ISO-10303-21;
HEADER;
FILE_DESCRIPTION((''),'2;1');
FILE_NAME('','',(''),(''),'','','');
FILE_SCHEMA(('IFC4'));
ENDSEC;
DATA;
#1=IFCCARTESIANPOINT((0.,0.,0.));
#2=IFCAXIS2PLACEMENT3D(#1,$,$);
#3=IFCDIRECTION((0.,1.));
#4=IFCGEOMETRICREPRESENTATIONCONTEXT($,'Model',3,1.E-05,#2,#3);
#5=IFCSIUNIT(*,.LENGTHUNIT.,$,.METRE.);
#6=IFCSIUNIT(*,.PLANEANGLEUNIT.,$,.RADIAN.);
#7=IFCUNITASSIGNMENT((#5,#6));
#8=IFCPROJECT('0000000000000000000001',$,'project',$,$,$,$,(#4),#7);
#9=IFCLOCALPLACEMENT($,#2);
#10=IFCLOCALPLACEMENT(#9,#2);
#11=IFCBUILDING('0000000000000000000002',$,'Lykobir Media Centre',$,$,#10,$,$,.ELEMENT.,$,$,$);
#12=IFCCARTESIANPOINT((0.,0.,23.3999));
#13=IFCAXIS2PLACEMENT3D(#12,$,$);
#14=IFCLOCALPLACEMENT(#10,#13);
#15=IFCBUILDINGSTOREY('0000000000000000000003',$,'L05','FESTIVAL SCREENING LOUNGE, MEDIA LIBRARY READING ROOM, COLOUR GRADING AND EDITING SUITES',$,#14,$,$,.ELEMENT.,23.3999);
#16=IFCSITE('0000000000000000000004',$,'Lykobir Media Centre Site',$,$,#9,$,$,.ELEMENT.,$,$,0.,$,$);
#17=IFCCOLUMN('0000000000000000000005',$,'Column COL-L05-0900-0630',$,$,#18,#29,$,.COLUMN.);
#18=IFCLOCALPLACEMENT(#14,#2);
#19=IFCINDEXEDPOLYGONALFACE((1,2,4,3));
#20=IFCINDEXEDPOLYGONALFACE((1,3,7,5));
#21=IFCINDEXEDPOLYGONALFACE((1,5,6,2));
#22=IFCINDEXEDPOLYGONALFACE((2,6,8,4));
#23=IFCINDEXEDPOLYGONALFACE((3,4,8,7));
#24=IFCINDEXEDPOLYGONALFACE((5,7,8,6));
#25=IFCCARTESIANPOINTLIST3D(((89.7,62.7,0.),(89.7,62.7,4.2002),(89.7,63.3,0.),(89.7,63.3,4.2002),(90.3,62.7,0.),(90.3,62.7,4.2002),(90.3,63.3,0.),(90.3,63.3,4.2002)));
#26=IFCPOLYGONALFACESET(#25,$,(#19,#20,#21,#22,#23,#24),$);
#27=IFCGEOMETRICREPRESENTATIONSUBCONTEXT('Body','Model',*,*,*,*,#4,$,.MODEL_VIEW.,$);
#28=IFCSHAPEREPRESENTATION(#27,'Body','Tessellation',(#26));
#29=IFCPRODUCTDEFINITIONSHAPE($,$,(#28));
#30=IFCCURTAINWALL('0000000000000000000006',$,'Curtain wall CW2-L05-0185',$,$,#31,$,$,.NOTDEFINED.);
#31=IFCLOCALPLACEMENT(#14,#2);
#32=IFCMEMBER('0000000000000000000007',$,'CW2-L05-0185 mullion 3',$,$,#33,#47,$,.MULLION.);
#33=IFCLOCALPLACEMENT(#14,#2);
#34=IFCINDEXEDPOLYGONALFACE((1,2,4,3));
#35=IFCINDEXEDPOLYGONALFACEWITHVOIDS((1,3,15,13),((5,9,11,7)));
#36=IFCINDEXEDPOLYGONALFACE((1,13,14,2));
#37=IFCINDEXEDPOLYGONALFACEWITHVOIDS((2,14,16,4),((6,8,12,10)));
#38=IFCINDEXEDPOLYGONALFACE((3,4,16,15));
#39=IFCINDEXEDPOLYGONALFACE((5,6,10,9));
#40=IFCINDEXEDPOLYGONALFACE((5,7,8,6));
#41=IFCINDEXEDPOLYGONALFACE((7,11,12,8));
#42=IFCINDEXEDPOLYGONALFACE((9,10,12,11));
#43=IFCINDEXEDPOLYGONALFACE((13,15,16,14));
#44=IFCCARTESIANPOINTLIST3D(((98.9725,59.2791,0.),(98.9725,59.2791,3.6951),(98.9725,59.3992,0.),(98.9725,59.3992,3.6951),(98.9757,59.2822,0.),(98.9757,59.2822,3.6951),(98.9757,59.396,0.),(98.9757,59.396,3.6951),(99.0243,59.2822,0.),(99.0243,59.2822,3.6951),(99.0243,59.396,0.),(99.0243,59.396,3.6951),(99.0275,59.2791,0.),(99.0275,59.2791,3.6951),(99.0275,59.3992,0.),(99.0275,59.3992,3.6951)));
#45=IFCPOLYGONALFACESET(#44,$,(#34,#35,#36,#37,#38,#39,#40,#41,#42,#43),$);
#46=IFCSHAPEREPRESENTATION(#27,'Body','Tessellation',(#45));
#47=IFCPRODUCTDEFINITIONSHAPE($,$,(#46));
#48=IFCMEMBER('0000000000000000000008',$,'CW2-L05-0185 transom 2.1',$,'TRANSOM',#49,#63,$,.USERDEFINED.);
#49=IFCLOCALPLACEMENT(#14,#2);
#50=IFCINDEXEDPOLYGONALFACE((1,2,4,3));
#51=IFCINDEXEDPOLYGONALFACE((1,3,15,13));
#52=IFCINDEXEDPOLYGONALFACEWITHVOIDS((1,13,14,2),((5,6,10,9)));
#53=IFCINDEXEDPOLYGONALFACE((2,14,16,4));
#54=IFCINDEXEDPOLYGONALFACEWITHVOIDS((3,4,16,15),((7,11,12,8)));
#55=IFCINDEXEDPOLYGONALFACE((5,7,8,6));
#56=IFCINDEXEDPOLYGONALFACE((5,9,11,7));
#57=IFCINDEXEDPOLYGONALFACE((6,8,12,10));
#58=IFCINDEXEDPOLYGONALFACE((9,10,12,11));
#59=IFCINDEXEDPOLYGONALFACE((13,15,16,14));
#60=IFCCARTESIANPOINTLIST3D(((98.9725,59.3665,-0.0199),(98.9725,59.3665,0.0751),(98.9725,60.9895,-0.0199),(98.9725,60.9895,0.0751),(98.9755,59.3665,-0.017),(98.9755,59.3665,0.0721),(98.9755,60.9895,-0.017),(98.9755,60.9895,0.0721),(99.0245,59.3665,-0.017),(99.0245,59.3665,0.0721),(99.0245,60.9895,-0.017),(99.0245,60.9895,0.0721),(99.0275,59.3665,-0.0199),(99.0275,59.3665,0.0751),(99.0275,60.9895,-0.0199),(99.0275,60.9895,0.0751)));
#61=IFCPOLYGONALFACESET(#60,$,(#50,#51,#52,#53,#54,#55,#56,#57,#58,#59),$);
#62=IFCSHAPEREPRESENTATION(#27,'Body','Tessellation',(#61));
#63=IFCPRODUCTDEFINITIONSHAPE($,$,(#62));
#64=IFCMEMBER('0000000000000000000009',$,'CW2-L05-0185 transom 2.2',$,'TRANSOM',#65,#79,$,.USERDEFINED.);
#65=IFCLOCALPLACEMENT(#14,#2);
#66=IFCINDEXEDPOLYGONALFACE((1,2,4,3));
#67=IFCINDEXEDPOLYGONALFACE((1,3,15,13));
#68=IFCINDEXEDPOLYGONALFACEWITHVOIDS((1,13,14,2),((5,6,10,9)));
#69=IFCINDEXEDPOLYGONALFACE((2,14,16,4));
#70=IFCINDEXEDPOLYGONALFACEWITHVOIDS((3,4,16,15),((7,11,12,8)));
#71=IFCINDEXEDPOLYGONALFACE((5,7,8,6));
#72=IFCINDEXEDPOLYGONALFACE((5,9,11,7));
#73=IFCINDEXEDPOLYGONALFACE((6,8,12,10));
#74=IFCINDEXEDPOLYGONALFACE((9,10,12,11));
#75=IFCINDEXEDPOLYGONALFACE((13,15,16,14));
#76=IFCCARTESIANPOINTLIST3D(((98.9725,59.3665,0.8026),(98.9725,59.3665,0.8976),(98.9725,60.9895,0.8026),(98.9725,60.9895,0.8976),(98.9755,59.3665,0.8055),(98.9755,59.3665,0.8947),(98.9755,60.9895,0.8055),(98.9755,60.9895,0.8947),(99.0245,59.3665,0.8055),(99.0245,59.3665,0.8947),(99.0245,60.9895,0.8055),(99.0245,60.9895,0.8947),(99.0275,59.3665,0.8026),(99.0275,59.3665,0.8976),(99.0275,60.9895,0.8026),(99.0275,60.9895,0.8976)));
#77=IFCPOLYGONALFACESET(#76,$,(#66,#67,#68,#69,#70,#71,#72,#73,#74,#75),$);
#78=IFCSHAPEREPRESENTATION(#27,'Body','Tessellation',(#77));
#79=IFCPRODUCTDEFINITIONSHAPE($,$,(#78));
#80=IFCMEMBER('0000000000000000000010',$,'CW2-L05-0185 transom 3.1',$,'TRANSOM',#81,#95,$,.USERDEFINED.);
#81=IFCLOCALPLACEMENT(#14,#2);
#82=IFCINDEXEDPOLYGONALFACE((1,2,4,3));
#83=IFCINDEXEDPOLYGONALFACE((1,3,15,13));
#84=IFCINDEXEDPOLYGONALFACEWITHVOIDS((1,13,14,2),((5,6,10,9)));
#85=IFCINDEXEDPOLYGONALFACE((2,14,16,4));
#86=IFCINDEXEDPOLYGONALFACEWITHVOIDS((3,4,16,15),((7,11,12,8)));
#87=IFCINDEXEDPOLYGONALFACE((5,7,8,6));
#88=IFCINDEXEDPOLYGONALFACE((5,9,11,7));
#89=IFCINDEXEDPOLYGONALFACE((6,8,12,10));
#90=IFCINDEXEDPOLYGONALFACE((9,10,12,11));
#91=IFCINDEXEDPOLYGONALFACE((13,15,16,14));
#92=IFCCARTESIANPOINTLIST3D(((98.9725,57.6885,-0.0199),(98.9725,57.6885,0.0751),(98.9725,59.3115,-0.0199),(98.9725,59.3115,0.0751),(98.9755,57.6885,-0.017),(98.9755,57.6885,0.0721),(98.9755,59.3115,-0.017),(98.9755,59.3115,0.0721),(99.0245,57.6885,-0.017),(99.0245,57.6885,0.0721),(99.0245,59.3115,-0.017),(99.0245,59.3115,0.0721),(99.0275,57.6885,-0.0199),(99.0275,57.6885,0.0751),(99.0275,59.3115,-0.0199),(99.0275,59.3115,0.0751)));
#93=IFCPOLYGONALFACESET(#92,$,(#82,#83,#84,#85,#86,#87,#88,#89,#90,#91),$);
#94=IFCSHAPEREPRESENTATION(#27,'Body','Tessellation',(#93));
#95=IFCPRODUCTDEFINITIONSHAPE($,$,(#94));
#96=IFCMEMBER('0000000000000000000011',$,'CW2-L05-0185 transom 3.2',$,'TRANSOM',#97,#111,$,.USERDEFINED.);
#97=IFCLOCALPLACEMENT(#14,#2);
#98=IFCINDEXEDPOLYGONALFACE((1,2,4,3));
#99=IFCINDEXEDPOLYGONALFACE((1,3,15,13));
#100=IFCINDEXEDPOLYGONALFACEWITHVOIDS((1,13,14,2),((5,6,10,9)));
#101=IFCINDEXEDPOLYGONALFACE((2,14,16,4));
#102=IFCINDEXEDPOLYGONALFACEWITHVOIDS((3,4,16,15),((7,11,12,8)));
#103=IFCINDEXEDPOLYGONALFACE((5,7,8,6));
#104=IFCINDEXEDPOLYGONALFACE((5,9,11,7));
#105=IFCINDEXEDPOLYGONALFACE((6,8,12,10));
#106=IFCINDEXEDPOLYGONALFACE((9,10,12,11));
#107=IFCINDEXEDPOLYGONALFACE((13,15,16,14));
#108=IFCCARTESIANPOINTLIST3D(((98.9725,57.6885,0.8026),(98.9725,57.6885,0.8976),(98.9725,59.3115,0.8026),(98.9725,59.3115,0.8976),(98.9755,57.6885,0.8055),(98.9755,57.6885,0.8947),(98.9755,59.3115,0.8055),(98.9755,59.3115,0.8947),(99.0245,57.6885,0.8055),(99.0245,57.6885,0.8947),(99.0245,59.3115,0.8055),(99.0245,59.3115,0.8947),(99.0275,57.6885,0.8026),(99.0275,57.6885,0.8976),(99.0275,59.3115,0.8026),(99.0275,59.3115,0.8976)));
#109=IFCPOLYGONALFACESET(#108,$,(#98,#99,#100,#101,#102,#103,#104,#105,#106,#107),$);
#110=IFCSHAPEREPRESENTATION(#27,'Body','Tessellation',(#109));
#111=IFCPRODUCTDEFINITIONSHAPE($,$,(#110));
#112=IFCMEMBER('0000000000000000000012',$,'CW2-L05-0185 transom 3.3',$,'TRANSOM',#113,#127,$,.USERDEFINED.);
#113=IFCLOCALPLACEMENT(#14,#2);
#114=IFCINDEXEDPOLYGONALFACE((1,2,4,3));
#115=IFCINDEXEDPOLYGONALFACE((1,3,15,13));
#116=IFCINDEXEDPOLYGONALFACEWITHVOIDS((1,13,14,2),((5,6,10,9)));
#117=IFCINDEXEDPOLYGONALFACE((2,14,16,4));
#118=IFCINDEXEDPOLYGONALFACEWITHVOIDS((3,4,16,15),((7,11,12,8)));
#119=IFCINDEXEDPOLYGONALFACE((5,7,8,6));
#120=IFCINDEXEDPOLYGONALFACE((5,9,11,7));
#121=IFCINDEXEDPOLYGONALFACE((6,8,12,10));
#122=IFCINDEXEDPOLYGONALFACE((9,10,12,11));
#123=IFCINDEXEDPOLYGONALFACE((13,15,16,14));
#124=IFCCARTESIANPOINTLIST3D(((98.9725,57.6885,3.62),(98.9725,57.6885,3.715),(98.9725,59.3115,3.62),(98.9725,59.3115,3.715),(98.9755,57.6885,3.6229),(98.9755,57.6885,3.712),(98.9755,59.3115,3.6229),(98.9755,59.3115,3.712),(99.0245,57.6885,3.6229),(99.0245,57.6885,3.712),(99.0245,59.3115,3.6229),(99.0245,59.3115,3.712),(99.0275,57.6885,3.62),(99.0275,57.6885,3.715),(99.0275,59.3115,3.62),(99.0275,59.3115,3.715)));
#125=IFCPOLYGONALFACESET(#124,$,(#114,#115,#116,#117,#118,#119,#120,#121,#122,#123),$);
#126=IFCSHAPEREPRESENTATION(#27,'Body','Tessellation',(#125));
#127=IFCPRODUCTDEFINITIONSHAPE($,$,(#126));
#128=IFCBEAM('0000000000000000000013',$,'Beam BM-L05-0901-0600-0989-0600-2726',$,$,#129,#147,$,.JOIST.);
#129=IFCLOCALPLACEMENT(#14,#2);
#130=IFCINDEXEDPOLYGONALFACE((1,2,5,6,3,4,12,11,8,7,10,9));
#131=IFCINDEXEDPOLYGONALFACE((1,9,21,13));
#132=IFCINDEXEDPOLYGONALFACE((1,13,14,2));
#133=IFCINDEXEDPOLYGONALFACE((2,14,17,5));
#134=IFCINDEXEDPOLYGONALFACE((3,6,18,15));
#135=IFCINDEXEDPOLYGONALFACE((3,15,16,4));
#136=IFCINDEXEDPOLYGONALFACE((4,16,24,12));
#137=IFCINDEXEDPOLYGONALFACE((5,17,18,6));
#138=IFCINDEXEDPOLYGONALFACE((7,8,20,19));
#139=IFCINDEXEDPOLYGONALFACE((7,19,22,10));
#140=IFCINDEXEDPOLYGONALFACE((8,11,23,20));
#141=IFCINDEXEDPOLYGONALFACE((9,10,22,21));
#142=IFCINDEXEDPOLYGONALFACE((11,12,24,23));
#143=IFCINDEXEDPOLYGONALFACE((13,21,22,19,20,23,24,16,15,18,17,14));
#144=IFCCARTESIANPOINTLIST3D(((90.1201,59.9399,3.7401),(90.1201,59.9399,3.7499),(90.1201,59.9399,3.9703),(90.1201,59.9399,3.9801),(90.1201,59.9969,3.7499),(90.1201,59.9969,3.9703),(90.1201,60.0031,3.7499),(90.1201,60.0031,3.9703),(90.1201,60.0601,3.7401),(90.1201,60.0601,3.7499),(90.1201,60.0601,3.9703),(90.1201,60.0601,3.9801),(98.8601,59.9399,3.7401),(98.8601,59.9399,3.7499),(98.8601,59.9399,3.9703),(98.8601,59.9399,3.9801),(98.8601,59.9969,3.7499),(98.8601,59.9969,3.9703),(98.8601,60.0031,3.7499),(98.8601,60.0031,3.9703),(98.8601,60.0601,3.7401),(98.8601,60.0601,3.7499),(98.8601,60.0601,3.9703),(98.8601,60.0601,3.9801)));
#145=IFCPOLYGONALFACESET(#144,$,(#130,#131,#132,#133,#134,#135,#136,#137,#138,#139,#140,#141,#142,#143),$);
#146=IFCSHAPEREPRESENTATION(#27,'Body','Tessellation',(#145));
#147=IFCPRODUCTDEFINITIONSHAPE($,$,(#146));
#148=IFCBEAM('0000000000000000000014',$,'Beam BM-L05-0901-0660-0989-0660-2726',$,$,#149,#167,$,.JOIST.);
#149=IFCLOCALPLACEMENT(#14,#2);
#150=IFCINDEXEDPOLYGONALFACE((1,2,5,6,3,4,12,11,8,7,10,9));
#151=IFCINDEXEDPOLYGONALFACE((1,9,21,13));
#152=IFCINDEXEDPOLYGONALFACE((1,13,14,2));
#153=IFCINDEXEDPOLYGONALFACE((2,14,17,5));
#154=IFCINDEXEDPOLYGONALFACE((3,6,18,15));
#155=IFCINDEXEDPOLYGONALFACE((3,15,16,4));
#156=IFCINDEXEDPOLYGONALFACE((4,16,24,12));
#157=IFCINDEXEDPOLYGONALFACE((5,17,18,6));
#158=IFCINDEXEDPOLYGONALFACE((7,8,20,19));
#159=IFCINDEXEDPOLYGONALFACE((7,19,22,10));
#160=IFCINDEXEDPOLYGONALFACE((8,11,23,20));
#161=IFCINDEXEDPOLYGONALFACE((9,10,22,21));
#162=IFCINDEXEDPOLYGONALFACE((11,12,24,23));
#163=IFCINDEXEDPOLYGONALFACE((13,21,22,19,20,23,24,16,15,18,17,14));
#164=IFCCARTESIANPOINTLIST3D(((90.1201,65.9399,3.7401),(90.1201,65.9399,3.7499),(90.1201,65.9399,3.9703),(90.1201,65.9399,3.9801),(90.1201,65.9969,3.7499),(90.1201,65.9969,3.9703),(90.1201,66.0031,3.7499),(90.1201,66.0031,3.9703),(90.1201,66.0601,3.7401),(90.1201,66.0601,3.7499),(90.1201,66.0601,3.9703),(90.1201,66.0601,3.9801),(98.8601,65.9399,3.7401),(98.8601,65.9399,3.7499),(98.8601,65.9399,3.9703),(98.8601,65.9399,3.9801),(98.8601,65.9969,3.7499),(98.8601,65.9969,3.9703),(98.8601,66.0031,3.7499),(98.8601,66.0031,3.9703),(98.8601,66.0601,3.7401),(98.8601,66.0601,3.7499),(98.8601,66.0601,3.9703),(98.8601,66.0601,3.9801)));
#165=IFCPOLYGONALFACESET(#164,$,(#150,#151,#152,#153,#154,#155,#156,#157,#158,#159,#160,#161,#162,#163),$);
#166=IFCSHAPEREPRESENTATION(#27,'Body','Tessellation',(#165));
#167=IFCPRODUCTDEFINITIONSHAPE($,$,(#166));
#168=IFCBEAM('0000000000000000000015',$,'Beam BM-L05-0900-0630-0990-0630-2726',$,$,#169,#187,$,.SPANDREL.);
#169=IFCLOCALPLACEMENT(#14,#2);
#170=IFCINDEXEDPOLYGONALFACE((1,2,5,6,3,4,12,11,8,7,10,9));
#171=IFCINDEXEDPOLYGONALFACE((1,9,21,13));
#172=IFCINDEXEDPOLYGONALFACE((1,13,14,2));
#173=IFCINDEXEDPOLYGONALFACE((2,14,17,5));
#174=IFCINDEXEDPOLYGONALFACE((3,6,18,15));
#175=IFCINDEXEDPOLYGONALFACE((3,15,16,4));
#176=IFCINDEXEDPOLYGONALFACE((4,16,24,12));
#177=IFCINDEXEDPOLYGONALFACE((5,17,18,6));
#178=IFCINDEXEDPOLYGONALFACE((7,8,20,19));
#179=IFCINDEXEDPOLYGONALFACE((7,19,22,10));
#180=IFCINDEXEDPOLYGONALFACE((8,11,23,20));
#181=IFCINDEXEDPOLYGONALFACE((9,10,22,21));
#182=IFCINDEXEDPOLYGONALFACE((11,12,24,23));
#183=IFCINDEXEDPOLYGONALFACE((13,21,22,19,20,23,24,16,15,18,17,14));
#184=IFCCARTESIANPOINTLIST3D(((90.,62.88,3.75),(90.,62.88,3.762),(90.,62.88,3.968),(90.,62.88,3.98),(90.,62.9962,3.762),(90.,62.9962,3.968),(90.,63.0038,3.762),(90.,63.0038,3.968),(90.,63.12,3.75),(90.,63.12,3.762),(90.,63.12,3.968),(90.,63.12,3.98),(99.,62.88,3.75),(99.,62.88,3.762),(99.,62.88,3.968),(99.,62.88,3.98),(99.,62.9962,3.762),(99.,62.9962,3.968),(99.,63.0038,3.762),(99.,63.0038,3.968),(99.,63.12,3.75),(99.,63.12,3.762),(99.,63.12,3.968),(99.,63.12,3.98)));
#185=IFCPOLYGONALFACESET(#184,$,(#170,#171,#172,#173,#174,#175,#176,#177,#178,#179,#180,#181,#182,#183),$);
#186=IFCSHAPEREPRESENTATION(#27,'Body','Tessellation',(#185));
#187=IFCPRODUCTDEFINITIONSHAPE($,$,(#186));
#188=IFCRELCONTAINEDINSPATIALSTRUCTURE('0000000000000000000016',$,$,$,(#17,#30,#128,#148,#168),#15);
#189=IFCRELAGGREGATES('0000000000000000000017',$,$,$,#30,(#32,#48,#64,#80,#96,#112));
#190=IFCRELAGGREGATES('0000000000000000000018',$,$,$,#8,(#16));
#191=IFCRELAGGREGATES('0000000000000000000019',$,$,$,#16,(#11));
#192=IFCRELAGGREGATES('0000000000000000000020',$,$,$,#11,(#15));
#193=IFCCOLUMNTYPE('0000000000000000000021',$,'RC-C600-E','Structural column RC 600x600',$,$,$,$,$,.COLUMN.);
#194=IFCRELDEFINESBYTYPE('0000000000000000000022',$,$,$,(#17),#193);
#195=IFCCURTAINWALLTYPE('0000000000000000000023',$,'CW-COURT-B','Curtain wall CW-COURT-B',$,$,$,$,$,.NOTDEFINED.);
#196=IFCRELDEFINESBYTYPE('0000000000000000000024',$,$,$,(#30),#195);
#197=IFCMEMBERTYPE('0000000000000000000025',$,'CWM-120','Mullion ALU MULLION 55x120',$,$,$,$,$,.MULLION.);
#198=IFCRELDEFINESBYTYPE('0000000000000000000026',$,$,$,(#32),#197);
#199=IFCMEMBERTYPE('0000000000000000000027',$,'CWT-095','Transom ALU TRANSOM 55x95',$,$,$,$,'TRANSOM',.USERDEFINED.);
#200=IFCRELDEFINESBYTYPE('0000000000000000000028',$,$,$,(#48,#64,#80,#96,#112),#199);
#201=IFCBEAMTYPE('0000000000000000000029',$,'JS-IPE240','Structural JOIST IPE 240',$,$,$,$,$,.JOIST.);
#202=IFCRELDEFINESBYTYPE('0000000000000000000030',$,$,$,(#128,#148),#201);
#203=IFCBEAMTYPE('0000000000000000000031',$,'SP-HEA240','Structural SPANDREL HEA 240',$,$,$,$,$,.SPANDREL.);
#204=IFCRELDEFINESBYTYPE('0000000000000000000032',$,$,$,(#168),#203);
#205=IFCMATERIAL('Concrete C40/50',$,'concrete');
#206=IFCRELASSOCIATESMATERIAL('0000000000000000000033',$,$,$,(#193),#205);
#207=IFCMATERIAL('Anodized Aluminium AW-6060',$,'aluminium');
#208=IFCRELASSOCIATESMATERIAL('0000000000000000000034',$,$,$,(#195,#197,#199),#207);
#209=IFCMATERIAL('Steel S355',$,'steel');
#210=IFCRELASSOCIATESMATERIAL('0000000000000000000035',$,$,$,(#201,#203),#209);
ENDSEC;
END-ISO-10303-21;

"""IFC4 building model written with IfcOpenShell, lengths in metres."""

from ifc_helpers import new_model, si_unit, direction, frame, origin, origin_2d, place, context, subcontext, project, spatial, rectangle, hollow_rectangle, i_section, extrude, material, material_profile, profile_set, type_object, element, aggregate, save


model = new_model("IFC4")

# Units and contexts
model_context = context("Model", 3, precision=1e-05, world=origin(), true_north=direction((0.0, 1.0)))
body_context = subcontext(model_context, "Body", "Model", "MODEL_VIEW")
ifc_project = project(units=[si_unit("LENGTHUNIT", "METRE"), si_unit("PLANEANGLEUNIT", "RADIAN")], contexts=[model_context])

# Site, building, storey
site_placement = place(None, origin())
site = spatial("IfcSite", under=ifc_project, at=site_placement, Name="Lykobir Media Centre Site", CompositionType="ELEMENT", RefElevation=0.0)
building_placement = place(site_placement, origin())
building = spatial("IfcBuilding", under=site, at=building_placement, Name="Lykobir Media Centre", CompositionType="ELEMENT")
storey_placement = place(building_placement, frame((0.0, 0.0, 23.3999)))
storey = spatial("IfcBuildingStorey", under=building, at=storey_placement, Name="L05", Description="FESTIVAL SCREENING LOUNGE, MEDIA LIBRARY READING ROOM, COLOUR GRADING AND EDITING SUITES", CompositionType="ELEMENT", Elevation=23.3999)

# Column
ifc_material_1 = material(Name="Concrete C40/50", Category="concrete")
ifc_material_profile_1 = material_profile(ifc_material_1, rectangle(XDim=0.6001, YDim=0.6001, at=origin_2d()), Name="RC 600x600")
ifc_profile_set_1 = profile_set([ifc_material_profile_1], Name="Concrete C40/50")
column_type = type_object("IfcColumnType", Name="RC-C600-E", Description="Structural column RC 600x600", PredefinedType="COLUMN", material=ifc_profile_set_1)
column_placement = place(storey_placement, frame((90.0, 63.0, 0.0), z_axis=(0.0, 0.0, 1.0), x_axis=(1.0, 0.0, 0.0)))
element("IfcColumn", 1, at=column_placement, inside=storey, type_object=column_type, Name="Column COL-L05-0900-0630", PredefinedType="COLUMN", context=body_context, shape_type="SweptSolid", body=[
    extrude(rectangle(XDim=0.6001, YDim=0.6001, at=origin_2d()), origin(), (0.0, 0.0, 1.0), 4.2002),
])

# Curtain wall, members
ifc_material_2 = material(Name="Anodized Aluminium AW-6060", Category="aluminium")
curtain_wall_type = type_object("IfcCurtainWallType", Name="CW-COURT-B", Description="Curtain wall CW-COURT-B", PredefinedType="NOTDEFINED", material=ifc_material_2)
curtain_wall_placement = place(storey_placement, origin())
curtain_wall = element("IfcCurtainWall", 2, at=curtain_wall_placement, inside=storey, type_object=curtain_wall_type, Name="Curtain wall CW2-L05-0185", PredefinedType="NOTDEFINED")
ifc_material_profile_2 = material_profile(ifc_material_2, hollow_rectangle(XDim=0.0549, YDim=0.1201, WallThickness=0.0032, at=origin_2d()), Name="ALU MULLION 55x120")
ifc_profile_set_2 = profile_set([ifc_material_profile_2], Name="Anodized Aluminium AW-6060")
member_type_1 = type_object("IfcMemberType", Name="CWM-120", Description="Mullion ALU MULLION 55x120", PredefinedType="MULLION", material=ifc_profile_set_2)
member_1_placement = place(storey_placement, frame((99.0, 59.3391, 0.0), z_axis=(0.0, 0.0, 1.0), x_axis=(1.0, 0.0, 0.0)))
member_1 = element("IfcMember", 3, at=member_1_placement, type_object=member_type_1, Name="CW2-L05-0185 mullion 3", PredefinedType="MULLION", context=body_context, shape_type="SweptSolid", body=[
    extrude(hollow_rectangle(XDim=0.0549, YDim=0.1201, WallThickness=0.0032, at=origin_2d()), origin(), (0.0, 0.0, 1.0), 3.6951),
])
ifc_material_profile_3 = material_profile(ifc_material_2, hollow_rectangle(XDim=0.0549, YDim=0.095, WallThickness=0.0029, at=origin_2d()), Name="ALU TRANSOM 55x95")
ifc_profile_set_3 = profile_set([ifc_material_profile_3], Name="Anodized Aluminium AW-6060")
member_type_2 = type_object("IfcMemberType", Name="CWT-095", Description="Transom ALU TRANSOM 55x95", ElementType="TRANSOM", PredefinedType="USERDEFINED", material=ifc_profile_set_3)
member_2_placement = place(storey_placement, frame((99.0, 60.9895, 0.0276), z_axis=(0.0, -1.0, 0.0), x_axis=(1.0, 0.0, 0.0)))
member_2 = element("IfcMember", 4, at=member_2_placement, type_object=member_type_2, Name="CW2-L05-0185 transom 2.1", ObjectType="TRANSOM", PredefinedType="USERDEFINED", context=body_context, shape_type="SweptSolid", body=[
    extrude(hollow_rectangle(XDim=0.0549, YDim=0.095, WallThickness=0.0029, at=origin_2d()), origin(), (0.0, 0.0, 1.0), 1.623),
])
member_3_placement = place(storey_placement, frame((99.0, 60.9895, 0.8501), z_axis=(0.0, -1.0, 0.0), x_axis=(1.0, 0.0, 0.0)))
member_3 = element("IfcMember", 5, at=member_3_placement, type_object=member_type_2, Name="CW2-L05-0185 transom 2.2", ObjectType="TRANSOM", PredefinedType="USERDEFINED", context=body_context, shape_type="SweptSolid", body=[
    extrude(hollow_rectangle(XDim=0.0549, YDim=0.095, WallThickness=0.0029, at=origin_2d()), origin(), (0.0, 0.0, 1.0), 1.623),
])
member_4_placement = place(storey_placement, frame((99.0, 59.3115, 0.0276), z_axis=(0.0, -1.0, 0.0), x_axis=(1.0, 0.0, 0.0)))
member_4 = element("IfcMember", 6, at=member_4_placement, type_object=member_type_2, Name="CW2-L05-0185 transom 3.1", ObjectType="TRANSOM", PredefinedType="USERDEFINED", context=body_context, shape_type="SweptSolid", body=[
    extrude(hollow_rectangle(XDim=0.0549, YDim=0.095, WallThickness=0.0029, at=origin_2d()), origin(), (0.0, 0.0, 1.0), 1.623),
])
member_5_placement = place(storey_placement, frame((99.0, 59.3115, 0.8501), z_axis=(0.0, -1.0, 0.0), x_axis=(1.0, 0.0, 0.0)))
member_5 = element("IfcMember", 7, at=member_5_placement, type_object=member_type_2, Name="CW2-L05-0185 transom 3.2", ObjectType="TRANSOM", PredefinedType="USERDEFINED", context=body_context, shape_type="SweptSolid", body=[
    extrude(hollow_rectangle(XDim=0.0549, YDim=0.095, WallThickness=0.0029, at=origin_2d()), origin(), (0.0, 0.0, 1.0), 1.623),
])
member_6_placement = place(storey_placement, frame((99.0, 59.3115, 3.6675), z_axis=(0.0, -1.0, 0.0), x_axis=(1.0, 0.0, 0.0)))
member_6 = element("IfcMember", 8, at=member_6_placement, type_object=member_type_2, Name="CW2-L05-0185 transom 3.3", ObjectType="TRANSOM", PredefinedType="USERDEFINED", context=body_context, shape_type="SweptSolid", body=[
    extrude(hollow_rectangle(XDim=0.0549, YDim=0.095, WallThickness=0.0029, at=origin_2d()), origin(), (0.0, 0.0, 1.0), 1.623),
])

# Beams
ifc_material_3 = material(Name="Steel S355", Category="steel")
ifc_material_profile_4 = material_profile(ifc_material_3, i_section(OverallWidth=0.1201, OverallDepth=0.24, WebThickness=0.0061, FlangeThickness=0.0098, at=origin_2d()), Name="IPE 240")
ifc_profile_set_4 = profile_set([ifc_material_profile_4], Name="Steel S355")
beam_type_1 = type_object("IfcBeamType", Name="JS-IPE240", Description="Structural JOIST IPE 240", PredefinedType="JOIST", material=ifc_profile_set_4)
for number, where, z_axis, x_axis, name in (
    (9, (90.1201, 60.0, 3.8601), (1.0, 0.0, 0.0), (0.0, 1.0, 0.0), "Beam BM-L05-0901-0600-0989-0600-2726"),
    (10, (90.1201, 66.0, 3.8601), (1.0, 0.0, 0.0), (0.0, 1.0, 0.0), "Beam BM-L05-0901-0660-0989-0660-2726"),
):
    element("IfcBeam", number, at=place(storey_placement, frame(where, z_axis=z_axis, x_axis=x_axis)), inside=storey, type_object=beam_type_1, Name=name, PredefinedType="JOIST", context=body_context, shape_type="SweptSolid", body=[
        extrude(i_section(OverallWidth=0.1201, OverallDepth=0.24, WebThickness=0.0061, FlangeThickness=0.0098, at=origin_2d()), origin(), (0.0, 0.0, 1.0), 8.74),
    ])
ifc_material_profile_5 = material_profile(ifc_material_3, i_section(OverallWidth=0.24, OverallDepth=0.23, WebThickness=0.0076, FlangeThickness=0.012, at=origin_2d()), Name="HEA 240")
ifc_profile_set_5 = profile_set([ifc_material_profile_5], Name="Steel S355")
beam_type_2 = type_object("IfcBeamType", Name="SP-HEA240", Description="Structural SPANDREL HEA 240", PredefinedType="SPANDREL", material=ifc_profile_set_5)
beam_1_placement = place(storey_placement, frame((90.0, 63.0, 3.865), z_axis=(1.0, 0.0, 0.0), x_axis=(0.0, 1.0, 0.0)))
element("IfcBeam", 11, at=beam_1_placement, inside=storey, type_object=beam_type_2, Name="Beam BM-L05-0900-0630-0990-0630-2726", PredefinedType="SPANDREL", context=body_context, shape_type="SweptSolid", body=[
    extrude(i_section(OverallWidth=0.24, OverallDepth=0.23, WebThickness=0.0076, FlangeThickness=0.012, at=origin_2d()), origin(), (0.0, 0.0, 1.0), 9.0),
])

aggregate(curtain_wall, [member_1, member_2, member_3, member_4, member_5, member_6])

save(model, "model.ifc")
